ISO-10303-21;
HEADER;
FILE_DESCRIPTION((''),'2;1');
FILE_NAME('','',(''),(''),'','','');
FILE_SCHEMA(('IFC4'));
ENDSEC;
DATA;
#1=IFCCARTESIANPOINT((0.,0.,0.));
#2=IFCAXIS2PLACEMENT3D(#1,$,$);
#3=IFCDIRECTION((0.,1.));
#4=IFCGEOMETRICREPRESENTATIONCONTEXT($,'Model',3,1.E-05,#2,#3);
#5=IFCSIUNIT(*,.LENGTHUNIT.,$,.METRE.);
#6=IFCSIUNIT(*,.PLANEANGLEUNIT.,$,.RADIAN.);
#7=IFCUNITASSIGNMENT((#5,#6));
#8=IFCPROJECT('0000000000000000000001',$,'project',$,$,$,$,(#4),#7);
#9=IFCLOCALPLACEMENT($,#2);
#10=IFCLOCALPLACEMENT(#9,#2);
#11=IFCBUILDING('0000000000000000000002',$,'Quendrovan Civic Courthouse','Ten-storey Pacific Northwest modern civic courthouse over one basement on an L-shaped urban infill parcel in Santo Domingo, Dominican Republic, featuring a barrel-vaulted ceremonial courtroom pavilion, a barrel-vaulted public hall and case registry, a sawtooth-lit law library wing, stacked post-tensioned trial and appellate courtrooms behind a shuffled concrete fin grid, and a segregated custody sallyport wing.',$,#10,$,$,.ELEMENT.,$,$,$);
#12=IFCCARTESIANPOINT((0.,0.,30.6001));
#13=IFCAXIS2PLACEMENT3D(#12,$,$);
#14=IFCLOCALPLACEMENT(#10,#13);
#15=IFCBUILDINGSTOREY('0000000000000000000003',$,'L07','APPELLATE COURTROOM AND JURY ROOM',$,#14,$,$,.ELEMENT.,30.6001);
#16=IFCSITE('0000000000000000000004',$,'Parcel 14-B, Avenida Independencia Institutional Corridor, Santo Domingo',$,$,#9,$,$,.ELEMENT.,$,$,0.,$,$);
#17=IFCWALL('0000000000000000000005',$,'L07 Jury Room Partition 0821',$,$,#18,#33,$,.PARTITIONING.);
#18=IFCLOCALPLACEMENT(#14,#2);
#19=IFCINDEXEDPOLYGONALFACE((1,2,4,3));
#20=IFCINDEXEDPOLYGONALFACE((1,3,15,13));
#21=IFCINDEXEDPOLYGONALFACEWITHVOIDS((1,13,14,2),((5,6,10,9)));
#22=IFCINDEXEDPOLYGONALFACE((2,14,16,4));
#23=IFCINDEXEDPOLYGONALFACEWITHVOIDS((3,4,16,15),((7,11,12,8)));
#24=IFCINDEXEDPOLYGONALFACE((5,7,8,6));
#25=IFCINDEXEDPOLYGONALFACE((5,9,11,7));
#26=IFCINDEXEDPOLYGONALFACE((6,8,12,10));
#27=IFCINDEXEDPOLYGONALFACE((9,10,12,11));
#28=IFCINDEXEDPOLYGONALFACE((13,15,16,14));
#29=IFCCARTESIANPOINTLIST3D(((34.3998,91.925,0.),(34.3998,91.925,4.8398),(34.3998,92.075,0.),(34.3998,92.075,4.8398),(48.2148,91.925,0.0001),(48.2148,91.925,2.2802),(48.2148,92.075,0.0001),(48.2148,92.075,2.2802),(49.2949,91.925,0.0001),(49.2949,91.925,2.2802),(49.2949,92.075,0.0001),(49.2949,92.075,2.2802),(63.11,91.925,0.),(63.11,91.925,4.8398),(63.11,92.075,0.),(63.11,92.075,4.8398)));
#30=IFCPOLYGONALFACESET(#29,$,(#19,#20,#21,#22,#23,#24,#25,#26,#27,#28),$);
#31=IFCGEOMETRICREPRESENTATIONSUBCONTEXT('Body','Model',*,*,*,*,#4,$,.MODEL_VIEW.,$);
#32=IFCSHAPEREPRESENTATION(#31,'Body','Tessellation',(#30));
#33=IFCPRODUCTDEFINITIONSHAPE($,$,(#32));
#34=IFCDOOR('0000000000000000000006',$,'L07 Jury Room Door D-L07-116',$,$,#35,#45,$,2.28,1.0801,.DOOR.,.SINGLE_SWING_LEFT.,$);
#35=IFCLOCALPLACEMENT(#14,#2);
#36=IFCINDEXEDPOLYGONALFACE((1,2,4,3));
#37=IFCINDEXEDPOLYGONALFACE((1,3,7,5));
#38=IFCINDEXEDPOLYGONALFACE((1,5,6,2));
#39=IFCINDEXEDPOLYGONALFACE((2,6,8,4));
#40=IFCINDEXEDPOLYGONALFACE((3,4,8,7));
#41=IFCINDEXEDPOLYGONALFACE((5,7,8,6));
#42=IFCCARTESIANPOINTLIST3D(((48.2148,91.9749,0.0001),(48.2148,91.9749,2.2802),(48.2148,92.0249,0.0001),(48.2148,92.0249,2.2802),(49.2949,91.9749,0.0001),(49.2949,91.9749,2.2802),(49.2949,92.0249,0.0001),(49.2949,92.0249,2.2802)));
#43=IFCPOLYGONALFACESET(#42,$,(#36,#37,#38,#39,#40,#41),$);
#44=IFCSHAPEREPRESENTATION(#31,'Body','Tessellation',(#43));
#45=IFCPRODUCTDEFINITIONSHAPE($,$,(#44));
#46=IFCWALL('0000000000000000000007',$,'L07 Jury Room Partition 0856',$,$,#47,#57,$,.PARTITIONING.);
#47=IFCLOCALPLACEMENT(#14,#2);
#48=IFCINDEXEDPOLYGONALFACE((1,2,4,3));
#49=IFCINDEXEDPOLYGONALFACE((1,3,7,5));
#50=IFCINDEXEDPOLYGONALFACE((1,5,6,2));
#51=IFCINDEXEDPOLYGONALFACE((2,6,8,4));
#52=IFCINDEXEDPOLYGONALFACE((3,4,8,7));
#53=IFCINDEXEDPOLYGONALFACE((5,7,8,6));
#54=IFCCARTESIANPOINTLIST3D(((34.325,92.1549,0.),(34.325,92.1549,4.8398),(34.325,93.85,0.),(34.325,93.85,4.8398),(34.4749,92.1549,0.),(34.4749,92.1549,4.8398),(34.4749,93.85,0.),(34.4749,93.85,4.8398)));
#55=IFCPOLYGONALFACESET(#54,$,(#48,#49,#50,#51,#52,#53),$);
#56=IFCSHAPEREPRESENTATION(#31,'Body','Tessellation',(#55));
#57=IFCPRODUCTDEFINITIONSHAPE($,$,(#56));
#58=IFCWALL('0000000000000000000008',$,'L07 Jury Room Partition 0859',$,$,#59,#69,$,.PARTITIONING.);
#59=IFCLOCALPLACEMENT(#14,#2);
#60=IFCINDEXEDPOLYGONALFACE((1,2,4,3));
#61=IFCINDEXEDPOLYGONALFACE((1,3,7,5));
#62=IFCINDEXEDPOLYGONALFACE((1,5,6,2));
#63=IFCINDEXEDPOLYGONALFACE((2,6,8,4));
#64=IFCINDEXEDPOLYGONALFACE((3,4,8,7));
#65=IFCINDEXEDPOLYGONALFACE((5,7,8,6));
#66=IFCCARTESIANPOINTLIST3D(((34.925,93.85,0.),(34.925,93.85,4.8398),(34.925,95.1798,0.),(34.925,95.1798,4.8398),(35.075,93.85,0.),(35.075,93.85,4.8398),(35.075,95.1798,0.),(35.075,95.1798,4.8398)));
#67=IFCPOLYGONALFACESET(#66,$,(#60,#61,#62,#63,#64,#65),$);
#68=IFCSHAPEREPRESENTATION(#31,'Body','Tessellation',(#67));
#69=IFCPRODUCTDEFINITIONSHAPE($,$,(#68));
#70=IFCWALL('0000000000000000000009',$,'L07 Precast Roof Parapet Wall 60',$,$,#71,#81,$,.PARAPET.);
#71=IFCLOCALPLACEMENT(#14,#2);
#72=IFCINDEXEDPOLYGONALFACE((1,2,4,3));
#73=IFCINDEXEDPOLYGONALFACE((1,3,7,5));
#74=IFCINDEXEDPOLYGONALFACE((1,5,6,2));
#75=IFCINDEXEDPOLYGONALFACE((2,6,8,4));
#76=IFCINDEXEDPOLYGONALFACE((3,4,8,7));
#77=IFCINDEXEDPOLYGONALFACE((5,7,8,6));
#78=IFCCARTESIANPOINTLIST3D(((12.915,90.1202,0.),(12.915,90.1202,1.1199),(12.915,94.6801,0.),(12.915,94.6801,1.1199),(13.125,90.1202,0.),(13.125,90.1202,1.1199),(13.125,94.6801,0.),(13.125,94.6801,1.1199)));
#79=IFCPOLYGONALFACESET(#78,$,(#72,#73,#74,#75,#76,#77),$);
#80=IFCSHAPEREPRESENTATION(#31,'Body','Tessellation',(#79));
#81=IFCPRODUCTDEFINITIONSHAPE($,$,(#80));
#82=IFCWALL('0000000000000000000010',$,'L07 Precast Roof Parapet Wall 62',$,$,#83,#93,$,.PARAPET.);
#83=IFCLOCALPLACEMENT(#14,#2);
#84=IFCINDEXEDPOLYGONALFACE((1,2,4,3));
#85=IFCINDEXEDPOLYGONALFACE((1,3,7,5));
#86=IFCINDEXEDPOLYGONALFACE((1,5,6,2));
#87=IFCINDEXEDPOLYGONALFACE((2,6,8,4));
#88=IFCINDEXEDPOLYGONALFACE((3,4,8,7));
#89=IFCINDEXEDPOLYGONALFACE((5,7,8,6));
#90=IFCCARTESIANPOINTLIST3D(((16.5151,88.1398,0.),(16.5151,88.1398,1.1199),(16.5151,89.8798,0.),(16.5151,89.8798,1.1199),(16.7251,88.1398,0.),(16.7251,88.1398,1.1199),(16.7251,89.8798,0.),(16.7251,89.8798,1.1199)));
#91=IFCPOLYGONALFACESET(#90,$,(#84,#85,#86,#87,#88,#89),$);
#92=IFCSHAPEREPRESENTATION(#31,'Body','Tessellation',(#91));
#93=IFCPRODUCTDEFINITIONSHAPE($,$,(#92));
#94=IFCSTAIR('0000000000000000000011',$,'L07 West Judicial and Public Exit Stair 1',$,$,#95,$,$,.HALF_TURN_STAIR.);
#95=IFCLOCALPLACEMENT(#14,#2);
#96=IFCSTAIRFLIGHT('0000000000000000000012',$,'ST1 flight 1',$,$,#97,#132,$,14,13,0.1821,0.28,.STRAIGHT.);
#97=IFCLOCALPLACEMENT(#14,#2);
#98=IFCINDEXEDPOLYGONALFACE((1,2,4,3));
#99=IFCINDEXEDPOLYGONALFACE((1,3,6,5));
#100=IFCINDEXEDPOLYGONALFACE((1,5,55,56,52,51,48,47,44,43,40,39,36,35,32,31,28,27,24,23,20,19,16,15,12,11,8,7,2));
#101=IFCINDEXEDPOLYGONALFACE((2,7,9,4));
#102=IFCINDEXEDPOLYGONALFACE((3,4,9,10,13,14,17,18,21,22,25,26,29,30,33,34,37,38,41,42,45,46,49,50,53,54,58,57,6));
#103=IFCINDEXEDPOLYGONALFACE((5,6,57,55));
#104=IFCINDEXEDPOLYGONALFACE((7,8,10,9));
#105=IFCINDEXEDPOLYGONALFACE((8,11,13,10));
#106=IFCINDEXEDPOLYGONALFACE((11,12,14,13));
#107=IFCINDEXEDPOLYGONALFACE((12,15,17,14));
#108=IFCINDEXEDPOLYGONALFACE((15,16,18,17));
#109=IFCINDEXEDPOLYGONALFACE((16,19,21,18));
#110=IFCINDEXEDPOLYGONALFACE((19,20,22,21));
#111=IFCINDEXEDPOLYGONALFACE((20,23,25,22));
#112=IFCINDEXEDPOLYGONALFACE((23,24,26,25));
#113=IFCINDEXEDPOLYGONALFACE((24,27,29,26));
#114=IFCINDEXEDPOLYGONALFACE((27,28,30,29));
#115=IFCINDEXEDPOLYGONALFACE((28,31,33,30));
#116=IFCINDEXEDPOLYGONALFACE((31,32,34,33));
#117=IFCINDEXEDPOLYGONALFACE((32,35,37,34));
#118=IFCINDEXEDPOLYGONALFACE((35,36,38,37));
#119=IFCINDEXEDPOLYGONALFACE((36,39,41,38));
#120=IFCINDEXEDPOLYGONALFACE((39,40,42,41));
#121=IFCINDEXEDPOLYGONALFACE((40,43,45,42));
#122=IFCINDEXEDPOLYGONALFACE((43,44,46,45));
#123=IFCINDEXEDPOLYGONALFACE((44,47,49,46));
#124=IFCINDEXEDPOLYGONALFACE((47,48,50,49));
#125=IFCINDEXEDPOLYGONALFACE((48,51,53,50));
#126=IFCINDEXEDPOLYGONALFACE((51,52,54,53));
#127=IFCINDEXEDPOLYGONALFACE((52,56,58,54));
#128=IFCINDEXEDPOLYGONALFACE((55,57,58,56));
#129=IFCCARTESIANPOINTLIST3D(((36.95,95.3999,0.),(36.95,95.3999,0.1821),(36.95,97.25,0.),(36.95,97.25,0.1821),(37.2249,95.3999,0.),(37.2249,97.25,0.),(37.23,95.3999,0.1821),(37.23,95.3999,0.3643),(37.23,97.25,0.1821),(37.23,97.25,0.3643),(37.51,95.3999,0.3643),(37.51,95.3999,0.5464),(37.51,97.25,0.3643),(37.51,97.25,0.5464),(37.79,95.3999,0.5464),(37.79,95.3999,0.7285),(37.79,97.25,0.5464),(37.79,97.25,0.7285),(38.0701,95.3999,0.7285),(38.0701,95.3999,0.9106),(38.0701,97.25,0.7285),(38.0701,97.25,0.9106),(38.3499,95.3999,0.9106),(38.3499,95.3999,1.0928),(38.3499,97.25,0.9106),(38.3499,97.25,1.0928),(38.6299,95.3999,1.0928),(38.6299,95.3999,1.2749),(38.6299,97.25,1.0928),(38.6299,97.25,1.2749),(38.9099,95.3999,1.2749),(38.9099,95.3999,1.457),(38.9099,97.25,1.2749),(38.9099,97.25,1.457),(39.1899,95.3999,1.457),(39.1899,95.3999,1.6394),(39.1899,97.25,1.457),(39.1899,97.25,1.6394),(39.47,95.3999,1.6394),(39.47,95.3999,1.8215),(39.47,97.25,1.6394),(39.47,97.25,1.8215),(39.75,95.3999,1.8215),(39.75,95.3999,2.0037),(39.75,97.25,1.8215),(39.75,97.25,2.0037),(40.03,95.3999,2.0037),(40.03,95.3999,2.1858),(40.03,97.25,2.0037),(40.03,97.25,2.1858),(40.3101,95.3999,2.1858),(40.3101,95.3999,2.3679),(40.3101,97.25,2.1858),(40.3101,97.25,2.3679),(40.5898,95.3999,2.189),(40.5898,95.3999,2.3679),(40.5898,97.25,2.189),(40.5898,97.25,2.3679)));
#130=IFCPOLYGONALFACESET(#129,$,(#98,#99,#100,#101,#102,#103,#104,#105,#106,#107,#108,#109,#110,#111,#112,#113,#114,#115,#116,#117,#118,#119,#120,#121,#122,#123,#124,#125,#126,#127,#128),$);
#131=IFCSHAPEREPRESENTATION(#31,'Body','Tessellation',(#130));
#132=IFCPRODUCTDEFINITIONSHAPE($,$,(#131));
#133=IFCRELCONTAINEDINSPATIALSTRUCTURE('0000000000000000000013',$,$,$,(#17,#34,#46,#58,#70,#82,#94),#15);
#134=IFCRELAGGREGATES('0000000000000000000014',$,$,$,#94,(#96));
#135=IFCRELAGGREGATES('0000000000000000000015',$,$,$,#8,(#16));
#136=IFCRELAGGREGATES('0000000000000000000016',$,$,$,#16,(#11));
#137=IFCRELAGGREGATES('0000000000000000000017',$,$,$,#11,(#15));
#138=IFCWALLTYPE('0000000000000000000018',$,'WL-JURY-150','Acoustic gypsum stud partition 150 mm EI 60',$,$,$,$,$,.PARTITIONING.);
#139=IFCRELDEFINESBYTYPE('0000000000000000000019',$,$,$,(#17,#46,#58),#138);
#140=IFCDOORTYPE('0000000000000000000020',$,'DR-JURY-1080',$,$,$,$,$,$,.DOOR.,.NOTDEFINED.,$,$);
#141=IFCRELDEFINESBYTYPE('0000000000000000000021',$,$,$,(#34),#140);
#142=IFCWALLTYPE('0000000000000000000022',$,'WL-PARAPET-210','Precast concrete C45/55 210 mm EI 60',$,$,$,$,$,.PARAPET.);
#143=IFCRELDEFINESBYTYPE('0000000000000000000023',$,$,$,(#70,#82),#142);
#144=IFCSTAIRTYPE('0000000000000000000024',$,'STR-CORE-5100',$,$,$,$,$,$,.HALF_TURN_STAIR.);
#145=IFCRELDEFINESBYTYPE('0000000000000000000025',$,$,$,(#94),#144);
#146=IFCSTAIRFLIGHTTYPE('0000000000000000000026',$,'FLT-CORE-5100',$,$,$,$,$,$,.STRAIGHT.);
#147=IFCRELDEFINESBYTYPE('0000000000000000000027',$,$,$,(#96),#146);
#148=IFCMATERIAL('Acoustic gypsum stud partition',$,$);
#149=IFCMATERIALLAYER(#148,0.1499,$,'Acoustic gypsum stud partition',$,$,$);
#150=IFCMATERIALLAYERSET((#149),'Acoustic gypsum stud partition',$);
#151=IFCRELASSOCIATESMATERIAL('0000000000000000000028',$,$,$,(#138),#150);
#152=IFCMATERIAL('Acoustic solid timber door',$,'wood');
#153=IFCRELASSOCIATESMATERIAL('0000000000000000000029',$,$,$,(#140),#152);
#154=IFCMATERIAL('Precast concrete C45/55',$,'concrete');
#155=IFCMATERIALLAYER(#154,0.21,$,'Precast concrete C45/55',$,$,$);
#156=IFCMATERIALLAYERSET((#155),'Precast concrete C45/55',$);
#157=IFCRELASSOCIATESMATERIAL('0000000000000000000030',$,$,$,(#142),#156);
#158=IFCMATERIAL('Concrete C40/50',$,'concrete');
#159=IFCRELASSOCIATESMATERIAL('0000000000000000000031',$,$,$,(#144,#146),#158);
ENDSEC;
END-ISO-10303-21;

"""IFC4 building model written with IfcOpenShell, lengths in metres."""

from ifc_helpers import new_model, si_unit, direction, frame, frame_2d, origin, place, context, subcontext, project, spatial, polyline, rectangle, outline, extrude, material, layer, layer_set, type_object, element, fill, aggregate, save


model = new_model("IFC4")

# Units and contexts
model_context = context("Model", 3, precision=1e-05, world=origin(), true_north=direction((0.0, 1.0)))
body_context = subcontext(model_context, "Body", "Model", "MODEL_VIEW")
ifc_project = project(units=[si_unit("LENGTHUNIT", "METRE"), si_unit("PLANEANGLEUNIT", "RADIAN")], contexts=[model_context])

# Site, building, storey
site_placement = place(None, origin())
site = spatial("IfcSite", under=ifc_project, at=site_placement, Name="Parcel 14-B, Avenida Independencia Institutional Corridor, Santo Domingo", CompositionType="ELEMENT", RefElevation=0.0)
building_placement = place(site_placement, origin())
building = spatial("IfcBuilding", under=site, at=building_placement, Name="Quendrovan Civic Courthouse", Description="Ten-storey Pacific Northwest modern civic courthouse over one basement on an L-shaped urban infill parcel in Santo Domingo, Dominican Republic, featuring a barrel-vaulted ceremonial courtroom pavilion, a barrel-vaulted public hall and case registry, a sawtooth-lit law library wing, stacked post-tensioned trial and appellate courtrooms behind a shuffled concrete fin grid, and a segregated custody sallyport wing.", CompositionType="ELEMENT")
storey_placement = place(building_placement, frame((0.0, 0.0, 30.6001)))
storey = spatial("IfcBuildingStorey", under=building, at=storey_placement, Name="L07", Description="APPELLATE COURTROOM AND JURY ROOM", CompositionType="ELEMENT", Elevation=30.6001)

# Shared definitions
ifc_material_1 = material(Name="Concrete C40/50", Category="concrete")

# Shared definitions
ifc_material_2 = material(Name="Precast concrete C45/55", Category="concrete")

# Wall, opening, door
ifc_material_3 = material(Name="Acoustic gypsum stud partition")
ifc_layer_1 = layer(ifc_material_3, 0.1499, Name="Acoustic gypsum stud partition")
ifc_layer_set_1 = layer_set([ifc_layer_1], Name="Acoustic gypsum stud partition")
wall_type_1 = type_object("IfcWallType", Name="WL-JURY-150", Description="Acoustic gypsum stud partition 150 mm EI 60", PredefinedType="PARTITIONING", material=ifc_layer_set_1)
wall_1_placement = place(storey_placement, frame((34.3999, 92.0, 0.0), z_axis=(0.0, 0.0, 1.0), x_axis=(1.0, 0.0, 0.0)))
wall_1 = element("IfcWall", 1, at=wall_1_placement, inside=storey, type_object=wall_type_1, Name="L07 Jury Room Partition 0821", PredefinedType="PARTITIONING", context=body_context, shape_type="SweptSolid", body=[
    extrude(rectangle(XDim=28.7102, YDim=0.1499, at=frame_2d((14.355, 0.0))), origin(), (0.0, 0.0, 1.0), 4.8398),
])
opening_1_placement = place(wall_1_placement, frame((13.8149, 0.0, 0.0)))
opening_1 = element("IfcOpeningElement", 2, at=opening_1_placement, cuts=wall_1, PredefinedType="OPENING", context=body_context, shape_type="SweptSolid", body=[
    extrude(rectangle(XDim=1.0801, YDim=2.28, at=frame_2d((0.54, 1.1401))), frame((0.0, 0.085, 0.0), z_axis=(0.0, -1.0, 0.0), x_axis=(1.0, 0.0, 0.0)), (0.0, 0.0, 1.0), 0.1699),
])
ifc_material_4 = material(Name="Acoustic solid timber door", Category="wood")
door_type_1 = type_object("IfcDoorType", Name="DR-JURY-1080", OperationType="NOTDEFINED", PredefinedType="DOOR", material=ifc_material_4)
door_1_placement = place(opening_1_placement, origin())
door_1 = element("IfcDoor", 3, at=door_1_placement, inside=storey, type_object=door_type_1, Name="L07 Jury Room Door D-L07-116", OperationType="SINGLE_SWING_LEFT", OverallHeight=2.28, OverallWidth=1.0801, PredefinedType="DOOR", context=body_context, shape_type="SweptSolid", body=[
    extrude(rectangle(XDim=1.0801, YDim=2.28, at=frame_2d((0.54, 1.1401))), frame((0.0, 0.0249, 0.0), z_axis=(0.0, -1.0, 0.0), x_axis=(1.0, 0.0, 0.0)), (0.0, 0.0, 1.0), 0.05),
])
fill(opening_1, door_1)

# Walls
wall_2_placement = place(storey_placement, frame((34.3999, 93.8501, 0.0), z_axis=(0.0, 0.0, 1.0), x_axis=(0.0, -1.0, 0.0)))
element("IfcWall", 4, at=wall_2_placement, inside=storey, type_object=wall_type_1, Name="L07 Jury Room Partition 0856", PredefinedType="PARTITIONING", context=body_context, shape_type="SweptSolid", body=[
    extrude(rectangle(XDim=1.6951, YDim=0.1499, at=frame_2d((0.8477, 0.0))), origin(), (0.0, 0.0, 1.0), 4.8398),
])
wall_3_placement = place(storey_placement, frame((35.0, 95.1799, 0.0), z_axis=(0.0, 0.0, 1.0), x_axis=(0.0, -1.0, 0.0)))
element("IfcWall", 5, at=wall_3_placement, inside=storey, type_object=wall_type_1, Name="L07 Jury Room Partition 0859", PredefinedType="PARTITIONING", context=body_context, shape_type="SweptSolid", body=[
    extrude(rectangle(XDim=1.3298, YDim=0.1499, at=frame_2d((0.665, 0.0))), origin(), (0.0, 0.0, 1.0), 4.8398),
])
ifc_layer_2 = layer(ifc_material_2, 0.21, Name="Precast concrete C45/55")
ifc_layer_set_2 = layer_set([ifc_layer_2], Name="Precast concrete C45/55")
wall_type_2 = type_object("IfcWallType", Name="WL-PARAPET-210", Description="Precast concrete C45/55 210 mm EI 60", PredefinedType="PARAPET", material=ifc_layer_set_2)
wall_4_placement = place(storey_placement, frame((13.02, 94.6799, 0.0), z_axis=(0.0, 0.0, 1.0), x_axis=(0.0, -1.0, 0.0)))
element("IfcWall", 6, at=wall_4_placement, inside=storey, type_object=wall_type_2, Name="L07 Precast Roof Parapet Wall 60", PredefinedType="PARAPET", context=body_context, shape_type="SweptSolid", body=[
    extrude(rectangle(XDim=4.5598, YDim=0.21, at=frame_2d((2.2798, 0.0))), origin(), (0.0, 0.0, 1.0), 1.1199),
])
wall_5_placement = place(storey_placement, frame((16.6201, 89.8799, 0.0), z_axis=(0.0, 0.0, 1.0), x_axis=(0.0, -1.0, 0.0)))
element("IfcWall", 7, at=wall_5_placement, inside=storey, type_object=wall_type_2, Name="L07 Precast Roof Parapet Wall 62", PredefinedType="PARAPET", context=body_context, shape_type="SweptSolid", body=[
    extrude(rectangle(XDim=1.74, YDim=0.21, at=frame_2d((0.8701, 0.0))), origin(), (0.0, 0.0, 1.0), 1.1199),
])

# Stair, stair flight
stair_type = type_object("IfcStairType", Name="STR-CORE-5100", PredefinedType="HALF_TURN_STAIR", material=ifc_material_1)
stair_placement = place(storey_placement, origin())
stair = element("IfcStair", 8, at=stair_placement, inside=storey, type_object=stair_type, Name="L07 West Judicial and Public Exit Stair 1", PredefinedType="HALF_TURN_STAIR")
stair_flight_type = type_object("IfcStairFlightType", Name="FLT-CORE-5100", PredefinedType="STRAIGHT", material=ifc_material_1)
stair_flight_placement = place(storey_placement, frame((36.95, 96.325, 0.0), z_axis=(0.0, 0.0, 1.0), x_axis=(1.0, 0.0, 0.0)))
stair_flight = element("IfcStairFlight", 9, at=stair_flight_placement, type_object=stair_flight_type, Name="ST1 flight 1", NumberOfRisers=14, NumberOfTreads=13, PredefinedType="STRAIGHT", RiserHeight=0.1821, TreadLength=0.28, context=body_context, shape_type="SweptSolid", body=[
    extrude(outline(polyline([(0.0, 0.0), (0.0, 0.1821), (0.28, 0.1821), (0.28, 0.3643), (0.5601, 0.3643), (0.5601, 0.5464), (0.8401, 0.5464), (0.8401, 0.7285), (1.1201, 0.7285), (1.1201, 0.9106), (1.3999, 0.9106), (1.3999, 1.0928), (1.6799, 1.0928), (1.6799, 1.2749), (1.96, 1.2749), (1.96, 1.457), (2.24, 1.457), (2.24, 1.6394), (2.52, 1.6394), (2.52, 1.8215), (2.8, 1.8215), (2.8, 2.0037), (3.0801, 2.0037), (3.0801, 2.1858), (3.3601, 2.1858), (3.3601, 2.3679), (3.6399, 2.3679), (3.6399, 2.55), (3.6399, 2.189), (0.2749, 0.0), (0.0, 0.0)])), frame((0.0, 0.925, 0.0), z_axis=(0.0, -1.0, 0.0), x_axis=(1.0, 0.0, 0.0)), (0.0, 0.0, 1.0), 1.8501),
])
aggregate(stair, [stair_flight])

save(model, "model.ifc")
